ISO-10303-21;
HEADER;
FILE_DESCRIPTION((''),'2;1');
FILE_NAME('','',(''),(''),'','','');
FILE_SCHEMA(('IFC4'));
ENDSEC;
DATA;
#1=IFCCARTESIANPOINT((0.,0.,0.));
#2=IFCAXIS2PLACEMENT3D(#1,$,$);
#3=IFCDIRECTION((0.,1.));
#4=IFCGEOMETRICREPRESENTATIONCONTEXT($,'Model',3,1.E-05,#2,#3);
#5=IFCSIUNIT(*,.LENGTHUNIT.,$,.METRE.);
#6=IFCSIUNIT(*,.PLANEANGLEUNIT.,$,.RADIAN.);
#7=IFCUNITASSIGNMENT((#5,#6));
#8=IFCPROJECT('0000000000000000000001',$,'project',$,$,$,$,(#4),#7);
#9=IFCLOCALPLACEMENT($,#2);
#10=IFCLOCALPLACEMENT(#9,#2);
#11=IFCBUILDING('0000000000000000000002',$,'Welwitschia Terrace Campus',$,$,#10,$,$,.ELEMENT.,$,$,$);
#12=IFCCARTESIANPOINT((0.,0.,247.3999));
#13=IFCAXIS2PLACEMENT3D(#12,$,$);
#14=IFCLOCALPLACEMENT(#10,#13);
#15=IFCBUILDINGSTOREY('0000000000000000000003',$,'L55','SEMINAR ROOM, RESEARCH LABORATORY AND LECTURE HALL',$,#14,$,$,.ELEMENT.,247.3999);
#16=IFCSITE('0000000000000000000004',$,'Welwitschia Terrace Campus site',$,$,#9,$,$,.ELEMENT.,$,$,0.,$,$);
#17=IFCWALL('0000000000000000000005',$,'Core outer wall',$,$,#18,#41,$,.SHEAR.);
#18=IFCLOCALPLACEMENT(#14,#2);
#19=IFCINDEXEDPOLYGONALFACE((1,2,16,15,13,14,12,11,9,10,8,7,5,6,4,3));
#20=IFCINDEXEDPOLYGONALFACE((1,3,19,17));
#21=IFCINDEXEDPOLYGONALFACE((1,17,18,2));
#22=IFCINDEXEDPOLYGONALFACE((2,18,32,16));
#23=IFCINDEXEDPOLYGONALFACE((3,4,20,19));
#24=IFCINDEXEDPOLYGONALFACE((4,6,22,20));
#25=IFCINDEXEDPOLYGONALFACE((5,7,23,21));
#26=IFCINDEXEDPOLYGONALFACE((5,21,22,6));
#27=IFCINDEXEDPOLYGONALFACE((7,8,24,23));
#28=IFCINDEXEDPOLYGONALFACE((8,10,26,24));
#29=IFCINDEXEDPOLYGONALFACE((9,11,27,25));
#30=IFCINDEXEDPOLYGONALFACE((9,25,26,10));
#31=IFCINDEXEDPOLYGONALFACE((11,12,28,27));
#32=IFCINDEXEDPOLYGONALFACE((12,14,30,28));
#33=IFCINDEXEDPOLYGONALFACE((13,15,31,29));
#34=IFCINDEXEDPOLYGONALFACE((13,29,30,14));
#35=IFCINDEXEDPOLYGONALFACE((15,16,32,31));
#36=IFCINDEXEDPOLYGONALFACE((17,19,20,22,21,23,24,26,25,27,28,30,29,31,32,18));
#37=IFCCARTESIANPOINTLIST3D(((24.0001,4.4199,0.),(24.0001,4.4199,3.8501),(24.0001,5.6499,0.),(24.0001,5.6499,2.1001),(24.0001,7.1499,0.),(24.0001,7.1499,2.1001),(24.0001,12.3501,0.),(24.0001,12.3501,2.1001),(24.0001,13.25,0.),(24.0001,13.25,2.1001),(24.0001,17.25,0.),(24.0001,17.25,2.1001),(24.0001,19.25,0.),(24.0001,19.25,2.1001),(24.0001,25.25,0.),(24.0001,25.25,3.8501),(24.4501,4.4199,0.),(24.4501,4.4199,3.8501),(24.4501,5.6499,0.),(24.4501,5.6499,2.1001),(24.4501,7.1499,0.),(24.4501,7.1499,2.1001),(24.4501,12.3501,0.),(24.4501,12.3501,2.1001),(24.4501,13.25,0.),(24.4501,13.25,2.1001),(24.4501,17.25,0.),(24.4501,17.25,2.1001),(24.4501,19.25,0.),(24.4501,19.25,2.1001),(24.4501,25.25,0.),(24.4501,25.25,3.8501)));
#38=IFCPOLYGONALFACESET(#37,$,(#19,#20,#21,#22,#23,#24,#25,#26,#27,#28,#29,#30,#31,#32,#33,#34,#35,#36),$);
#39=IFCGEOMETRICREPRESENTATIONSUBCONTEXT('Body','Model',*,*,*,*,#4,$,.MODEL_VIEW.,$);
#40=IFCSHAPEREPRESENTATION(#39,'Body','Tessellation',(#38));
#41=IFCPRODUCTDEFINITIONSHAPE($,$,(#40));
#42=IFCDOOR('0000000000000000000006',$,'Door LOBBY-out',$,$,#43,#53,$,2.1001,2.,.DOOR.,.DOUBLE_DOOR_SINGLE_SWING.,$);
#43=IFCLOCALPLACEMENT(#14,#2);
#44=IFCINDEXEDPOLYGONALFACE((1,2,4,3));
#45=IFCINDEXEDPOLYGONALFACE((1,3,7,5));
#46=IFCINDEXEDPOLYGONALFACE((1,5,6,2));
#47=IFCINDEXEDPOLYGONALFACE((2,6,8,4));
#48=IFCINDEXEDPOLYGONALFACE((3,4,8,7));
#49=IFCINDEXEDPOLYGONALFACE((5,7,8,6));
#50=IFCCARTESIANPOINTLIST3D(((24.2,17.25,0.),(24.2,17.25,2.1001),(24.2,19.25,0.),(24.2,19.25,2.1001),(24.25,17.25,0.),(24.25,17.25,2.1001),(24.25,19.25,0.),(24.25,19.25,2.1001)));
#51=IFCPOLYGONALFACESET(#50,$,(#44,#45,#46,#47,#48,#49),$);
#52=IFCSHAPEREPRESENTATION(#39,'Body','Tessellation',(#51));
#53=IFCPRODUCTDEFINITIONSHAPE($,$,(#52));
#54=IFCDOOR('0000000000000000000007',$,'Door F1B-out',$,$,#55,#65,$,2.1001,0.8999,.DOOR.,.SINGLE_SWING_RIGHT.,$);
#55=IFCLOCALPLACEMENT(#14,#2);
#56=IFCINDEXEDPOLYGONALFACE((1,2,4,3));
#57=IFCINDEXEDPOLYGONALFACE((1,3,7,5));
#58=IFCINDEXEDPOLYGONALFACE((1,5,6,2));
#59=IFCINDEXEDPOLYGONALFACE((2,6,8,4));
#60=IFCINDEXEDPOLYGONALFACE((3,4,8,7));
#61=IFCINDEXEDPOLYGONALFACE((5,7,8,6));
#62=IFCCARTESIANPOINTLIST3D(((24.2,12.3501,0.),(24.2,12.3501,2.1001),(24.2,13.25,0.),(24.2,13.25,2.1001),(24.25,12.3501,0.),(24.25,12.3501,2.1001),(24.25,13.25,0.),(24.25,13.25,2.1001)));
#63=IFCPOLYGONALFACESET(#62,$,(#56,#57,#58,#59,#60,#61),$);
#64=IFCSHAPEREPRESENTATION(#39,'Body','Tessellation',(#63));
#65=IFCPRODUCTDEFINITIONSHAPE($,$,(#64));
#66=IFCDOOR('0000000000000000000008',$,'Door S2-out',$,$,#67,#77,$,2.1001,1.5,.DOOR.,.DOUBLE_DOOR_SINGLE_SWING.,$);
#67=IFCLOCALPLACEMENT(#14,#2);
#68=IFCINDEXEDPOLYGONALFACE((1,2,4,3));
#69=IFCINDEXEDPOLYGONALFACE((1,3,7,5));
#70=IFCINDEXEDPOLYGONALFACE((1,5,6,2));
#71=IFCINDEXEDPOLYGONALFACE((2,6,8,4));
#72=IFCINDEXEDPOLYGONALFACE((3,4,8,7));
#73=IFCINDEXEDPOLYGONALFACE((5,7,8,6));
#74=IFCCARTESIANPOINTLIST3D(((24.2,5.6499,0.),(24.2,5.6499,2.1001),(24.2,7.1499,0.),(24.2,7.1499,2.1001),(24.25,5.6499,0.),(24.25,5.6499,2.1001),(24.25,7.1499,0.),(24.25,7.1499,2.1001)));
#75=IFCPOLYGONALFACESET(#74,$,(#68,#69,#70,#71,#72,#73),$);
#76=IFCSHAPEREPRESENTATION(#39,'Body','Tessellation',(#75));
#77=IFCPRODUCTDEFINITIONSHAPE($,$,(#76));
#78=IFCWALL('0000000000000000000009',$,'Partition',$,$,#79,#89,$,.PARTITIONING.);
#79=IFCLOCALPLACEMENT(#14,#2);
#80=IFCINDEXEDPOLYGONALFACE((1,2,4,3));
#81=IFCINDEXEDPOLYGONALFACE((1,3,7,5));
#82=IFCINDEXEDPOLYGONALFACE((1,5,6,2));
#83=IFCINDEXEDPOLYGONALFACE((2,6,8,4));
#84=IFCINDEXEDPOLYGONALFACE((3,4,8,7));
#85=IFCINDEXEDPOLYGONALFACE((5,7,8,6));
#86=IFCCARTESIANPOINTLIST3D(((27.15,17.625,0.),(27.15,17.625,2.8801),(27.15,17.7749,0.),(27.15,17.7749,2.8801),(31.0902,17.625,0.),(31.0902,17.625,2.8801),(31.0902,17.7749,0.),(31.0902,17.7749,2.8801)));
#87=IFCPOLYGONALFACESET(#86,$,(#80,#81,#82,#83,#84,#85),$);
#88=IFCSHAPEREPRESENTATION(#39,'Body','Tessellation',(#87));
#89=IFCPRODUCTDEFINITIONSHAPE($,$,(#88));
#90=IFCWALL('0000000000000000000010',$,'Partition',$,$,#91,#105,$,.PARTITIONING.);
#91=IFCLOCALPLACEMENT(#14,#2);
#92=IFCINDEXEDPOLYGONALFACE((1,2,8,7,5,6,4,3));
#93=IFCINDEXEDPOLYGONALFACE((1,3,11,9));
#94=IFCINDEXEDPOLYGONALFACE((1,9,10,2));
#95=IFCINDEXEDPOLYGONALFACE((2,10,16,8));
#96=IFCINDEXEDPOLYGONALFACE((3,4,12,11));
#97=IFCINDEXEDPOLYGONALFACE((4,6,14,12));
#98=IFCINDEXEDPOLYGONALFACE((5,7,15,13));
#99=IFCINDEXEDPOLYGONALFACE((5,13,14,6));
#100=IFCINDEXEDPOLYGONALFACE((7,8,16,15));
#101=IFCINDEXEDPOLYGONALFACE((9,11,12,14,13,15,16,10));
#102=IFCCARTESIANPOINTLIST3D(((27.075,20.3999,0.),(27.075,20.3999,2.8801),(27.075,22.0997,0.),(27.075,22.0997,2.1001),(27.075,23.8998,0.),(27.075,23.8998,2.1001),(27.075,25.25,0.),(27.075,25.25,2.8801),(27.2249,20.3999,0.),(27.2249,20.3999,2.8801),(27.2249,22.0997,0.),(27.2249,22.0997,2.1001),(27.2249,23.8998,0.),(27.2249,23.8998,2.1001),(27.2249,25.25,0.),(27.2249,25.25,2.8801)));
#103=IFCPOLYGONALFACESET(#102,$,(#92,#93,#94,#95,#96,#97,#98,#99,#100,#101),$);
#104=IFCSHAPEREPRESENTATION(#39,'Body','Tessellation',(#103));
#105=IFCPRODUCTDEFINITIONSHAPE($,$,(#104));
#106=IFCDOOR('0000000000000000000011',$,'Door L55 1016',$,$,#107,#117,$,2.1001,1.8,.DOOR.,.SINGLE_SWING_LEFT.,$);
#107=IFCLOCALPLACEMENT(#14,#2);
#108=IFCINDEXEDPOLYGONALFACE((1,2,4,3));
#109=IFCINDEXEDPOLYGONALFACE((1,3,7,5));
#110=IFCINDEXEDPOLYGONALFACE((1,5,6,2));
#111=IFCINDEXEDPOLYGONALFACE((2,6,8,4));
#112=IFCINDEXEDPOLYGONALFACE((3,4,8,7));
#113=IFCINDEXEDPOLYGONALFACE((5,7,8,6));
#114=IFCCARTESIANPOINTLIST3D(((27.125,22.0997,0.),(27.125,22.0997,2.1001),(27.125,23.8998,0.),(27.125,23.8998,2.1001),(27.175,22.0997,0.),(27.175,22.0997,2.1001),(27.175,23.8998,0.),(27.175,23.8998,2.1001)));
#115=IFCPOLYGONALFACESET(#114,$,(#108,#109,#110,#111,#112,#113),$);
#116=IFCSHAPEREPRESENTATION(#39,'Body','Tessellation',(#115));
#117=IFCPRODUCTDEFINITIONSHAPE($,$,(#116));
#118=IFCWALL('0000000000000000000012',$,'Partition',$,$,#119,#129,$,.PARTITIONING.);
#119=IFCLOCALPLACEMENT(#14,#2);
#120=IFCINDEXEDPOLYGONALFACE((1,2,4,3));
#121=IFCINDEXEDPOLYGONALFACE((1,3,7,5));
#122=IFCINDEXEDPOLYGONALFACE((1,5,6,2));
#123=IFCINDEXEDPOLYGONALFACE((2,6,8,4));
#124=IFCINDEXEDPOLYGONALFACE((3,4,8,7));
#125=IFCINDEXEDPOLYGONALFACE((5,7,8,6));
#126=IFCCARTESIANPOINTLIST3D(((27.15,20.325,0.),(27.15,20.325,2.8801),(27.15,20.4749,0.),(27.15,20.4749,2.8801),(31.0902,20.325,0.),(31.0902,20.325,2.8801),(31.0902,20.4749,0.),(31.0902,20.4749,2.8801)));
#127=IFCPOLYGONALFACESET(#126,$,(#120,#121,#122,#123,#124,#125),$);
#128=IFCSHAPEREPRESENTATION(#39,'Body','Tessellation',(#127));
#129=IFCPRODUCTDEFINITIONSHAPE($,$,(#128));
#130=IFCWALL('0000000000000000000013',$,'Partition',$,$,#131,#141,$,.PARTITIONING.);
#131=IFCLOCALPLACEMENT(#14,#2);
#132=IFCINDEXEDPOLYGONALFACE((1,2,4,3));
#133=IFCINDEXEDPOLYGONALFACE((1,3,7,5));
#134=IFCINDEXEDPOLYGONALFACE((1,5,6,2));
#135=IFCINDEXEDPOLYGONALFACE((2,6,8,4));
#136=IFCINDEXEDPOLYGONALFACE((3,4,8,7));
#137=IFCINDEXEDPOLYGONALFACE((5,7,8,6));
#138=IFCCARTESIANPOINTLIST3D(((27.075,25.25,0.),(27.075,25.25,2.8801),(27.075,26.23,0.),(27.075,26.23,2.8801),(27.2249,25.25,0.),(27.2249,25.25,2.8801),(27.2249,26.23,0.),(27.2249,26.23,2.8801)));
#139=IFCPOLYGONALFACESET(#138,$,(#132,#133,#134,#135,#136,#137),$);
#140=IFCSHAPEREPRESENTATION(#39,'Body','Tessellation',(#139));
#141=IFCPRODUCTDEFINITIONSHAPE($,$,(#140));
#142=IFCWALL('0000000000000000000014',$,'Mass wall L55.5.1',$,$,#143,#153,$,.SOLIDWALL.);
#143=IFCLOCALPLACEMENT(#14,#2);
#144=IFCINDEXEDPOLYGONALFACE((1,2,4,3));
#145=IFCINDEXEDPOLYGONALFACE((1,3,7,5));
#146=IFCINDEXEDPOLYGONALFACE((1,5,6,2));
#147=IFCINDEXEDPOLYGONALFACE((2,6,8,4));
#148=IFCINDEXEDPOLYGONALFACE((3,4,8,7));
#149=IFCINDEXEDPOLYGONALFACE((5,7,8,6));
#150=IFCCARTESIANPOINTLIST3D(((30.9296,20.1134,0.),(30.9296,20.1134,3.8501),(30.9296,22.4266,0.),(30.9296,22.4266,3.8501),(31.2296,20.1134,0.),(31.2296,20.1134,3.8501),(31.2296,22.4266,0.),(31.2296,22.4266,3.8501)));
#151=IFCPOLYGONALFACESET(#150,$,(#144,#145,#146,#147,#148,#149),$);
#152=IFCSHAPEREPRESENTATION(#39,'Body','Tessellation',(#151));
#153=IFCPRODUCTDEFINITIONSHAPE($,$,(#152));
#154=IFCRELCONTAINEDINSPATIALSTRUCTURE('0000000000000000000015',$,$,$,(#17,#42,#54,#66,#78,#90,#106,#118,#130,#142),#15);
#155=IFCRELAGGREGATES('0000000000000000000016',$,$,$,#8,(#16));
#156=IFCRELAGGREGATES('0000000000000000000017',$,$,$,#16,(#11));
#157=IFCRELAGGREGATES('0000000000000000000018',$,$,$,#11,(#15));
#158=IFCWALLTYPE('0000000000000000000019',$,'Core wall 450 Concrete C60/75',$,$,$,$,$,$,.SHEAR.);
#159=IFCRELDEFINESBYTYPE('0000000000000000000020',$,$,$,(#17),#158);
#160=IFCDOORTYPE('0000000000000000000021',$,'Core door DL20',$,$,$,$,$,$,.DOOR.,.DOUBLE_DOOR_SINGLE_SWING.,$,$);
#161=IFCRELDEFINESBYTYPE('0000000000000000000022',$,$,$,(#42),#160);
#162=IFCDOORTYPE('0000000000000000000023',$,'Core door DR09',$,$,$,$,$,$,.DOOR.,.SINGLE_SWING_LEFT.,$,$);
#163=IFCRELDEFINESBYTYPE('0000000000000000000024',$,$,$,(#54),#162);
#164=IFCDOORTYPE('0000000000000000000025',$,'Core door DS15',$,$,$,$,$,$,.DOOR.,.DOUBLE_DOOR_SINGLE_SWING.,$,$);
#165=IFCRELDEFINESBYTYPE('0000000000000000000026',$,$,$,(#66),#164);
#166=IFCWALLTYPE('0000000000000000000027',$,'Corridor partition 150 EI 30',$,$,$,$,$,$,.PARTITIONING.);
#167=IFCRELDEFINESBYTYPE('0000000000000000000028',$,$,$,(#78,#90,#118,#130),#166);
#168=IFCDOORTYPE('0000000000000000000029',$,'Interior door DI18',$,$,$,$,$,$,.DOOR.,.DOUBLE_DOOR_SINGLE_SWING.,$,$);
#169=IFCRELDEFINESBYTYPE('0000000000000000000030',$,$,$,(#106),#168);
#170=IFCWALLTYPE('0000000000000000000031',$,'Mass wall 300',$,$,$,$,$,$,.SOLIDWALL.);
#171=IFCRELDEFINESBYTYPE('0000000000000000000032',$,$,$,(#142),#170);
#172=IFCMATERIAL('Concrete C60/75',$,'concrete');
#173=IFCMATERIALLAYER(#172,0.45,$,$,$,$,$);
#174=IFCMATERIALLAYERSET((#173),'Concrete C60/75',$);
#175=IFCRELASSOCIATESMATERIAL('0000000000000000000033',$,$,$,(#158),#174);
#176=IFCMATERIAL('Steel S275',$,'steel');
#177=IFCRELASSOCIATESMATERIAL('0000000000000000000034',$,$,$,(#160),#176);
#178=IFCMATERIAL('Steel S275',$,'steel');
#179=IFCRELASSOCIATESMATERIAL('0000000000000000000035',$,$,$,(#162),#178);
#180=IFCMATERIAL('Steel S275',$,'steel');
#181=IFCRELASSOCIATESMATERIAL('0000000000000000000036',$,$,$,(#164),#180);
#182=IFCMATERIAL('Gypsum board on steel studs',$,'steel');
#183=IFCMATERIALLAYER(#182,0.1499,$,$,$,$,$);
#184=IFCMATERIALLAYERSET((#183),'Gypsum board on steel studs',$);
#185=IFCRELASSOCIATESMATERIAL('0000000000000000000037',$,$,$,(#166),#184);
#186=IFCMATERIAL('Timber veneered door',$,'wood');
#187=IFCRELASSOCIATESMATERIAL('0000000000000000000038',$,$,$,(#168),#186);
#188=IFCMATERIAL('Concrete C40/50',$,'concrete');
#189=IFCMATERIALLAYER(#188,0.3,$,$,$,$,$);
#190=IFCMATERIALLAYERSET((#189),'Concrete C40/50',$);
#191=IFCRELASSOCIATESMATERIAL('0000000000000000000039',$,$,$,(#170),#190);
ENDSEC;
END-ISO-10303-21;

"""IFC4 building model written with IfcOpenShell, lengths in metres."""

from ifc_helpers import new_model, si_unit, direction, frame, frame_2d, origin, place, context, subcontext, project, spatial, rectangle, extrude, material, layer, layer_set, type_object, element, fill, save


model = new_model("IFC4")

# Units and contexts
model_context = context("Model", 3, precision=1e-05, world=origin(), true_north=direction((0.0, 1.0)))
body_context = subcontext(model_context, "Body", "Model", "MODEL_VIEW")
ifc_project = project(units=[si_unit("LENGTHUNIT", "METRE"), si_unit("PLANEANGLEUNIT", "RADIAN")], contexts=[model_context])

# Site, building, storey
site_placement = place(None, origin())
site = spatial("IfcSite", under=ifc_project, at=site_placement, Name="Welwitschia Terrace Campus site", CompositionType="ELEMENT", RefElevation=0.0)
building_placement = place(site_placement, origin())
building = spatial("IfcBuilding", under=site, at=building_placement, Name="Welwitschia Terrace Campus", CompositionType="ELEMENT")
storey_placement = place(building_placement, frame((0.0, 0.0, 247.3999)))
storey = spatial("IfcBuildingStorey", under=building, at=storey_placement, Name="L55", Description="SEMINAR ROOM, RESEARCH LABORATORY AND LECTURE HALL", CompositionType="ELEMENT", Elevation=247.3999)

# Wall, openings, doors
ifc_material_1 = material(Name="Concrete C60/75", Category="concrete")
ifc_layer_1 = layer(ifc_material_1, 0.45)
ifc_layer_set_1 = layer_set([ifc_layer_1], Name="Concrete C60/75")
wall_type_1 = type_object("IfcWallType", Name="Core wall 450 Concrete C60/75", PredefinedType="SHEAR", material=ifc_layer_set_1)
wall_1_placement = place(storey_placement, frame((24.2251, 25.25, 0.0), z_axis=(0.0, 0.0, 1.0), x_axis=(0.0, -1.0, 0.0)))
wall_1 = element("IfcWall", 1, at=wall_1_placement, inside=storey, type_object=wall_type_1, Name="Core outer wall", PredefinedType="SHEAR", context=body_context, shape_type="SweptSolid", body=[
    extrude(rectangle(XDim=20.8301, YDim=0.45, at=frame_2d((10.415, 0.0))), origin(), (0.0, 0.0, 1.0), 3.8501),
])
opening_1_placement = place(wall_1_placement, frame((18.1001, 0.0, 0.0)))
opening_1 = element("IfcOpeningElement", 2, at=opening_1_placement, cuts=wall_1, PredefinedType="OPENING", context=body_context, shape_type="SweptSolid", body=[
    extrude(rectangle(XDim=1.5, YDim=2.1001, at=frame_2d((0.75, 1.05))), frame((0.0, 0.2349, 0.0), z_axis=(0.0, -1.0, 0.0), x_axis=(1.0, 0.0, 0.0)), (0.0, 0.0, 1.0), 0.47),
])
opening_2_placement = place(wall_1_placement, frame((12.0, 0.0, 0.0)))
opening_2 = element("IfcOpeningElement", 3, at=opening_2_placement, cuts=wall_1, PredefinedType="OPENING", context=body_context, shape_type="SweptSolid", body=[
    extrude(rectangle(XDim=0.8999, YDim=2.1001, at=frame_2d((0.45, 1.05))), frame((0.0, 0.2349, 0.0), z_axis=(0.0, -1.0, 0.0), x_axis=(1.0, 0.0, 0.0)), (0.0, 0.0, 1.0), 0.47),
])
opening_3_placement = place(wall_1_placement, frame((6.0, 0.0, 0.0)))
opening_3 = element("IfcOpeningElement", 4, at=opening_3_placement, cuts=wall_1, PredefinedType="OPENING", context=body_context, shape_type="SweptSolid", body=[
    extrude(rectangle(XDim=2.0, YDim=2.1001, at=frame_2d((1.0, 1.05))), frame((0.0, 0.2349, 0.0), z_axis=(0.0, -1.0, 0.0), x_axis=(1.0, 0.0, 0.0)), (0.0, 0.0, 1.0), 0.47),
])
ifc_material_2 = material(Name="Steel S275", Category="steel")
door_type_1 = type_object("IfcDoorType", Name="Core door DL20", OperationType="DOUBLE_DOOR_SINGLE_SWING", PredefinedType="DOOR", material=ifc_material_2)
door_1_placement = place(opening_3_placement, origin())
door_1 = element("IfcDoor", 5, at=door_1_placement, inside=storey, type_object=door_type_1, Name="Door LOBBY-out", OperationType="DOUBLE_DOOR_SINGLE_SWING", OverallHeight=2.1001, OverallWidth=2.0, PredefinedType="DOOR", context=body_context, shape_type="SweptSolid", body=[
    extrude(rectangle(XDim=2.0, YDim=2.1001, at=frame_2d((1.0, 1.05))), frame((0.0, 0.0249, 0.0), z_axis=(0.0, -1.0, 0.0), x_axis=(1.0, 0.0, 0.0)), (0.0, 0.0, 1.0), 0.05),
])
fill(opening_3, door_1)
ifc_material_3 = material(Name="Steel S275", Category="steel")
door_type_2 = type_object("IfcDoorType", Name="Core door DR09", OperationType="SINGLE_SWING_LEFT", PredefinedType="DOOR", material=ifc_material_3)
door_2_placement = place(opening_2_placement, origin())
door_2 = element("IfcDoor", 6, at=door_2_placement, inside=storey, type_object=door_type_2, Name="Door F1B-out", OperationType="SINGLE_SWING_RIGHT", OverallHeight=2.1001, OverallWidth=0.8999, PredefinedType="DOOR", context=body_context, shape_type="SweptSolid", body=[
    extrude(rectangle(XDim=0.8999, YDim=2.1001, at=frame_2d((0.45, 1.05))), frame((0.0, 0.0249, 0.0), z_axis=(0.0, -1.0, 0.0), x_axis=(1.0, 0.0, 0.0)), (0.0, 0.0, 1.0), 0.05),
])
fill(opening_2, door_2)
ifc_material_4 = material(Name="Steel S275", Category="steel")
door_type_3 = type_object("IfcDoorType", Name="Core door DS15", OperationType="DOUBLE_DOOR_SINGLE_SWING", PredefinedType="DOOR", material=ifc_material_4)
door_3_placement = place(opening_1_placement, origin())
door_3 = element("IfcDoor", 7, at=door_3_placement, inside=storey, type_object=door_type_3, Name="Door S2-out", OperationType="DOUBLE_DOOR_SINGLE_SWING", OverallHeight=2.1001, OverallWidth=1.5, PredefinedType="DOOR", context=body_context, shape_type="SweptSolid", body=[
    extrude(rectangle(XDim=1.5, YDim=2.1001, at=frame_2d((0.75, 1.05))), frame((0.0, 0.0249, 0.0), z_axis=(0.0, -1.0, 0.0), x_axis=(1.0, 0.0, 0.0)), (0.0, 0.0, 1.0), 0.05),
])
fill(opening_1, door_3)

# Wall
ifc_material_5 = material(Name="Gypsum board on steel studs", Category="steel")
ifc_layer_2 = layer(ifc_material_5, 0.1499)
ifc_layer_set_2 = layer_set([ifc_layer_2], Name="Gypsum board on steel studs")
wall_type_2 = type_object("IfcWallType", Name="Corridor partition 150 EI 30", PredefinedType="PARTITIONING", material=ifc_layer_set_2)
wall_2_placement = place(storey_placement, frame((27.1499, 17.7, 0.0), z_axis=(0.0, 0.0, 1.0), x_axis=(1.0, 0.0, 0.0)))
element("IfcWall", 8, at=wall_2_placement, inside=storey, type_object=wall_type_2, Name="Partition", PredefinedType="PARTITIONING", context=body_context, shape_type="SweptSolid", body=[
    extrude(rectangle(XDim=3.9402, YDim=0.1499, at=frame_2d((1.9702, 0.0))), origin(), (0.0, 0.0, 1.0), 2.8801),
])

# Wall, opening, door
wall_3_placement = place(storey_placement, frame((27.1499, 20.3999, 0.0), z_axis=(0.0, 0.0, 1.0), x_axis=(0.0, 1.0, 0.0)))
wall_3 = element("IfcWall", 9, at=wall_3_placement, inside=storey, type_object=wall_type_2, Name="Partition", PredefinedType="PARTITIONING", context=body_context, shape_type="SweptSolid", body=[
    extrude(rectangle(XDim=4.8501, YDim=0.1499, at=frame_2d((2.425, 0.0))), origin(), (0.0, 0.0, 1.0), 2.8801),
])
opening_4_placement = place(wall_3_placement, frame((1.7, 0.0, 0.0)))
opening_4 = element("IfcOpeningElement", 10, at=opening_4_placement, cuts=wall_3, PredefinedType="OPENING", context=body_context, shape_type="SweptSolid", body=[
    extrude(rectangle(XDim=1.8, YDim=2.1001, at=frame_2d((0.8999, 1.05))), frame((0.0, 0.085, 0.0), z_axis=(0.0, -1.0, 0.0), x_axis=(1.0, 0.0, 0.0)), (0.0, 0.0, 1.0), 0.1699),
])
ifc_material_6 = material(Name="Timber veneered door", Category="wood")
door_type_4 = type_object("IfcDoorType", Name="Interior door DI18", OperationType="DOUBLE_DOOR_SINGLE_SWING", PredefinedType="DOOR", material=ifc_material_6)
door_4_placement = place(opening_4_placement, origin())
door_4 = element("IfcDoor", 11, at=door_4_placement, inside=storey, type_object=door_type_4, Name="Door L55 1016", OperationType="SINGLE_SWING_LEFT", OverallHeight=2.1001, OverallWidth=1.8, PredefinedType="DOOR", context=body_context, shape_type="SweptSolid", body=[
    extrude(rectangle(XDim=1.8, YDim=2.1001, at=frame_2d((0.8999, 1.05))), frame((0.0, 0.0249, 0.0), z_axis=(0.0, -1.0, 0.0), x_axis=(1.0, 0.0, 0.0)), (0.0, 0.0, 1.0), 0.05),
])
fill(opening_4, door_4)

# Walls
wall_4_placement = place(storey_placement, frame((27.1499, 20.3999, 0.0), z_axis=(0.0, 0.0, 1.0), x_axis=(1.0, 0.0, 0.0)))
element("IfcWall", 12, at=wall_4_placement, inside=storey, type_object=wall_type_2, Name="Partition", PredefinedType="PARTITIONING", context=body_context, shape_type="SweptSolid", body=[
    extrude(rectangle(XDim=3.9402, YDim=0.1499, at=frame_2d((1.9702, 0.0))), origin(), (0.0, 0.0, 1.0), 2.8801),
])
wall_5_placement = place(storey_placement, frame((27.1499, 25.25, 0.0), z_axis=(0.0, 0.0, 1.0), x_axis=(0.0, 1.0, 0.0)))
element("IfcWall", 13, at=wall_5_placement, inside=storey, type_object=wall_type_2, Name="Partition", PredefinedType="PARTITIONING", context=body_context, shape_type="SweptSolid", body=[
    extrude(rectangle(XDim=0.98, YDim=0.1499, at=frame_2d((0.49, 0.0))), origin(), (0.0, 0.0, 1.0), 2.8801),
])
ifc_material_7 = material(Name="Concrete C40/50", Category="concrete")
ifc_layer_3 = layer(ifc_material_7, 0.3)
ifc_layer_set_3 = layer_set([ifc_layer_3], Name="Concrete C40/50")
wall_type_3 = type_object("IfcWallType", Name="Mass wall 300", PredefinedType="SOLIDWALL", material=ifc_layer_set_3)
wall_6_placement = place(storey_placement, frame((31.0796, 20.1133, 0.0), z_axis=(0.0, 0.0, 1.0), x_axis=(0.0, 1.0, 0.0)))
element("IfcWall", 14, at=wall_6_placement, inside=storey, type_object=wall_type_3, Name="Mass wall L55.5.1", PredefinedType="SOLIDWALL", context=body_context, shape_type="SweptSolid", body=[
    extrude(rectangle(XDim=2.3132, YDim=0.3, at=frame_2d((1.1567, 0.0))), origin(), (0.0, 0.0, 1.0), 3.8501),
])

save(model, "model.ifc")
